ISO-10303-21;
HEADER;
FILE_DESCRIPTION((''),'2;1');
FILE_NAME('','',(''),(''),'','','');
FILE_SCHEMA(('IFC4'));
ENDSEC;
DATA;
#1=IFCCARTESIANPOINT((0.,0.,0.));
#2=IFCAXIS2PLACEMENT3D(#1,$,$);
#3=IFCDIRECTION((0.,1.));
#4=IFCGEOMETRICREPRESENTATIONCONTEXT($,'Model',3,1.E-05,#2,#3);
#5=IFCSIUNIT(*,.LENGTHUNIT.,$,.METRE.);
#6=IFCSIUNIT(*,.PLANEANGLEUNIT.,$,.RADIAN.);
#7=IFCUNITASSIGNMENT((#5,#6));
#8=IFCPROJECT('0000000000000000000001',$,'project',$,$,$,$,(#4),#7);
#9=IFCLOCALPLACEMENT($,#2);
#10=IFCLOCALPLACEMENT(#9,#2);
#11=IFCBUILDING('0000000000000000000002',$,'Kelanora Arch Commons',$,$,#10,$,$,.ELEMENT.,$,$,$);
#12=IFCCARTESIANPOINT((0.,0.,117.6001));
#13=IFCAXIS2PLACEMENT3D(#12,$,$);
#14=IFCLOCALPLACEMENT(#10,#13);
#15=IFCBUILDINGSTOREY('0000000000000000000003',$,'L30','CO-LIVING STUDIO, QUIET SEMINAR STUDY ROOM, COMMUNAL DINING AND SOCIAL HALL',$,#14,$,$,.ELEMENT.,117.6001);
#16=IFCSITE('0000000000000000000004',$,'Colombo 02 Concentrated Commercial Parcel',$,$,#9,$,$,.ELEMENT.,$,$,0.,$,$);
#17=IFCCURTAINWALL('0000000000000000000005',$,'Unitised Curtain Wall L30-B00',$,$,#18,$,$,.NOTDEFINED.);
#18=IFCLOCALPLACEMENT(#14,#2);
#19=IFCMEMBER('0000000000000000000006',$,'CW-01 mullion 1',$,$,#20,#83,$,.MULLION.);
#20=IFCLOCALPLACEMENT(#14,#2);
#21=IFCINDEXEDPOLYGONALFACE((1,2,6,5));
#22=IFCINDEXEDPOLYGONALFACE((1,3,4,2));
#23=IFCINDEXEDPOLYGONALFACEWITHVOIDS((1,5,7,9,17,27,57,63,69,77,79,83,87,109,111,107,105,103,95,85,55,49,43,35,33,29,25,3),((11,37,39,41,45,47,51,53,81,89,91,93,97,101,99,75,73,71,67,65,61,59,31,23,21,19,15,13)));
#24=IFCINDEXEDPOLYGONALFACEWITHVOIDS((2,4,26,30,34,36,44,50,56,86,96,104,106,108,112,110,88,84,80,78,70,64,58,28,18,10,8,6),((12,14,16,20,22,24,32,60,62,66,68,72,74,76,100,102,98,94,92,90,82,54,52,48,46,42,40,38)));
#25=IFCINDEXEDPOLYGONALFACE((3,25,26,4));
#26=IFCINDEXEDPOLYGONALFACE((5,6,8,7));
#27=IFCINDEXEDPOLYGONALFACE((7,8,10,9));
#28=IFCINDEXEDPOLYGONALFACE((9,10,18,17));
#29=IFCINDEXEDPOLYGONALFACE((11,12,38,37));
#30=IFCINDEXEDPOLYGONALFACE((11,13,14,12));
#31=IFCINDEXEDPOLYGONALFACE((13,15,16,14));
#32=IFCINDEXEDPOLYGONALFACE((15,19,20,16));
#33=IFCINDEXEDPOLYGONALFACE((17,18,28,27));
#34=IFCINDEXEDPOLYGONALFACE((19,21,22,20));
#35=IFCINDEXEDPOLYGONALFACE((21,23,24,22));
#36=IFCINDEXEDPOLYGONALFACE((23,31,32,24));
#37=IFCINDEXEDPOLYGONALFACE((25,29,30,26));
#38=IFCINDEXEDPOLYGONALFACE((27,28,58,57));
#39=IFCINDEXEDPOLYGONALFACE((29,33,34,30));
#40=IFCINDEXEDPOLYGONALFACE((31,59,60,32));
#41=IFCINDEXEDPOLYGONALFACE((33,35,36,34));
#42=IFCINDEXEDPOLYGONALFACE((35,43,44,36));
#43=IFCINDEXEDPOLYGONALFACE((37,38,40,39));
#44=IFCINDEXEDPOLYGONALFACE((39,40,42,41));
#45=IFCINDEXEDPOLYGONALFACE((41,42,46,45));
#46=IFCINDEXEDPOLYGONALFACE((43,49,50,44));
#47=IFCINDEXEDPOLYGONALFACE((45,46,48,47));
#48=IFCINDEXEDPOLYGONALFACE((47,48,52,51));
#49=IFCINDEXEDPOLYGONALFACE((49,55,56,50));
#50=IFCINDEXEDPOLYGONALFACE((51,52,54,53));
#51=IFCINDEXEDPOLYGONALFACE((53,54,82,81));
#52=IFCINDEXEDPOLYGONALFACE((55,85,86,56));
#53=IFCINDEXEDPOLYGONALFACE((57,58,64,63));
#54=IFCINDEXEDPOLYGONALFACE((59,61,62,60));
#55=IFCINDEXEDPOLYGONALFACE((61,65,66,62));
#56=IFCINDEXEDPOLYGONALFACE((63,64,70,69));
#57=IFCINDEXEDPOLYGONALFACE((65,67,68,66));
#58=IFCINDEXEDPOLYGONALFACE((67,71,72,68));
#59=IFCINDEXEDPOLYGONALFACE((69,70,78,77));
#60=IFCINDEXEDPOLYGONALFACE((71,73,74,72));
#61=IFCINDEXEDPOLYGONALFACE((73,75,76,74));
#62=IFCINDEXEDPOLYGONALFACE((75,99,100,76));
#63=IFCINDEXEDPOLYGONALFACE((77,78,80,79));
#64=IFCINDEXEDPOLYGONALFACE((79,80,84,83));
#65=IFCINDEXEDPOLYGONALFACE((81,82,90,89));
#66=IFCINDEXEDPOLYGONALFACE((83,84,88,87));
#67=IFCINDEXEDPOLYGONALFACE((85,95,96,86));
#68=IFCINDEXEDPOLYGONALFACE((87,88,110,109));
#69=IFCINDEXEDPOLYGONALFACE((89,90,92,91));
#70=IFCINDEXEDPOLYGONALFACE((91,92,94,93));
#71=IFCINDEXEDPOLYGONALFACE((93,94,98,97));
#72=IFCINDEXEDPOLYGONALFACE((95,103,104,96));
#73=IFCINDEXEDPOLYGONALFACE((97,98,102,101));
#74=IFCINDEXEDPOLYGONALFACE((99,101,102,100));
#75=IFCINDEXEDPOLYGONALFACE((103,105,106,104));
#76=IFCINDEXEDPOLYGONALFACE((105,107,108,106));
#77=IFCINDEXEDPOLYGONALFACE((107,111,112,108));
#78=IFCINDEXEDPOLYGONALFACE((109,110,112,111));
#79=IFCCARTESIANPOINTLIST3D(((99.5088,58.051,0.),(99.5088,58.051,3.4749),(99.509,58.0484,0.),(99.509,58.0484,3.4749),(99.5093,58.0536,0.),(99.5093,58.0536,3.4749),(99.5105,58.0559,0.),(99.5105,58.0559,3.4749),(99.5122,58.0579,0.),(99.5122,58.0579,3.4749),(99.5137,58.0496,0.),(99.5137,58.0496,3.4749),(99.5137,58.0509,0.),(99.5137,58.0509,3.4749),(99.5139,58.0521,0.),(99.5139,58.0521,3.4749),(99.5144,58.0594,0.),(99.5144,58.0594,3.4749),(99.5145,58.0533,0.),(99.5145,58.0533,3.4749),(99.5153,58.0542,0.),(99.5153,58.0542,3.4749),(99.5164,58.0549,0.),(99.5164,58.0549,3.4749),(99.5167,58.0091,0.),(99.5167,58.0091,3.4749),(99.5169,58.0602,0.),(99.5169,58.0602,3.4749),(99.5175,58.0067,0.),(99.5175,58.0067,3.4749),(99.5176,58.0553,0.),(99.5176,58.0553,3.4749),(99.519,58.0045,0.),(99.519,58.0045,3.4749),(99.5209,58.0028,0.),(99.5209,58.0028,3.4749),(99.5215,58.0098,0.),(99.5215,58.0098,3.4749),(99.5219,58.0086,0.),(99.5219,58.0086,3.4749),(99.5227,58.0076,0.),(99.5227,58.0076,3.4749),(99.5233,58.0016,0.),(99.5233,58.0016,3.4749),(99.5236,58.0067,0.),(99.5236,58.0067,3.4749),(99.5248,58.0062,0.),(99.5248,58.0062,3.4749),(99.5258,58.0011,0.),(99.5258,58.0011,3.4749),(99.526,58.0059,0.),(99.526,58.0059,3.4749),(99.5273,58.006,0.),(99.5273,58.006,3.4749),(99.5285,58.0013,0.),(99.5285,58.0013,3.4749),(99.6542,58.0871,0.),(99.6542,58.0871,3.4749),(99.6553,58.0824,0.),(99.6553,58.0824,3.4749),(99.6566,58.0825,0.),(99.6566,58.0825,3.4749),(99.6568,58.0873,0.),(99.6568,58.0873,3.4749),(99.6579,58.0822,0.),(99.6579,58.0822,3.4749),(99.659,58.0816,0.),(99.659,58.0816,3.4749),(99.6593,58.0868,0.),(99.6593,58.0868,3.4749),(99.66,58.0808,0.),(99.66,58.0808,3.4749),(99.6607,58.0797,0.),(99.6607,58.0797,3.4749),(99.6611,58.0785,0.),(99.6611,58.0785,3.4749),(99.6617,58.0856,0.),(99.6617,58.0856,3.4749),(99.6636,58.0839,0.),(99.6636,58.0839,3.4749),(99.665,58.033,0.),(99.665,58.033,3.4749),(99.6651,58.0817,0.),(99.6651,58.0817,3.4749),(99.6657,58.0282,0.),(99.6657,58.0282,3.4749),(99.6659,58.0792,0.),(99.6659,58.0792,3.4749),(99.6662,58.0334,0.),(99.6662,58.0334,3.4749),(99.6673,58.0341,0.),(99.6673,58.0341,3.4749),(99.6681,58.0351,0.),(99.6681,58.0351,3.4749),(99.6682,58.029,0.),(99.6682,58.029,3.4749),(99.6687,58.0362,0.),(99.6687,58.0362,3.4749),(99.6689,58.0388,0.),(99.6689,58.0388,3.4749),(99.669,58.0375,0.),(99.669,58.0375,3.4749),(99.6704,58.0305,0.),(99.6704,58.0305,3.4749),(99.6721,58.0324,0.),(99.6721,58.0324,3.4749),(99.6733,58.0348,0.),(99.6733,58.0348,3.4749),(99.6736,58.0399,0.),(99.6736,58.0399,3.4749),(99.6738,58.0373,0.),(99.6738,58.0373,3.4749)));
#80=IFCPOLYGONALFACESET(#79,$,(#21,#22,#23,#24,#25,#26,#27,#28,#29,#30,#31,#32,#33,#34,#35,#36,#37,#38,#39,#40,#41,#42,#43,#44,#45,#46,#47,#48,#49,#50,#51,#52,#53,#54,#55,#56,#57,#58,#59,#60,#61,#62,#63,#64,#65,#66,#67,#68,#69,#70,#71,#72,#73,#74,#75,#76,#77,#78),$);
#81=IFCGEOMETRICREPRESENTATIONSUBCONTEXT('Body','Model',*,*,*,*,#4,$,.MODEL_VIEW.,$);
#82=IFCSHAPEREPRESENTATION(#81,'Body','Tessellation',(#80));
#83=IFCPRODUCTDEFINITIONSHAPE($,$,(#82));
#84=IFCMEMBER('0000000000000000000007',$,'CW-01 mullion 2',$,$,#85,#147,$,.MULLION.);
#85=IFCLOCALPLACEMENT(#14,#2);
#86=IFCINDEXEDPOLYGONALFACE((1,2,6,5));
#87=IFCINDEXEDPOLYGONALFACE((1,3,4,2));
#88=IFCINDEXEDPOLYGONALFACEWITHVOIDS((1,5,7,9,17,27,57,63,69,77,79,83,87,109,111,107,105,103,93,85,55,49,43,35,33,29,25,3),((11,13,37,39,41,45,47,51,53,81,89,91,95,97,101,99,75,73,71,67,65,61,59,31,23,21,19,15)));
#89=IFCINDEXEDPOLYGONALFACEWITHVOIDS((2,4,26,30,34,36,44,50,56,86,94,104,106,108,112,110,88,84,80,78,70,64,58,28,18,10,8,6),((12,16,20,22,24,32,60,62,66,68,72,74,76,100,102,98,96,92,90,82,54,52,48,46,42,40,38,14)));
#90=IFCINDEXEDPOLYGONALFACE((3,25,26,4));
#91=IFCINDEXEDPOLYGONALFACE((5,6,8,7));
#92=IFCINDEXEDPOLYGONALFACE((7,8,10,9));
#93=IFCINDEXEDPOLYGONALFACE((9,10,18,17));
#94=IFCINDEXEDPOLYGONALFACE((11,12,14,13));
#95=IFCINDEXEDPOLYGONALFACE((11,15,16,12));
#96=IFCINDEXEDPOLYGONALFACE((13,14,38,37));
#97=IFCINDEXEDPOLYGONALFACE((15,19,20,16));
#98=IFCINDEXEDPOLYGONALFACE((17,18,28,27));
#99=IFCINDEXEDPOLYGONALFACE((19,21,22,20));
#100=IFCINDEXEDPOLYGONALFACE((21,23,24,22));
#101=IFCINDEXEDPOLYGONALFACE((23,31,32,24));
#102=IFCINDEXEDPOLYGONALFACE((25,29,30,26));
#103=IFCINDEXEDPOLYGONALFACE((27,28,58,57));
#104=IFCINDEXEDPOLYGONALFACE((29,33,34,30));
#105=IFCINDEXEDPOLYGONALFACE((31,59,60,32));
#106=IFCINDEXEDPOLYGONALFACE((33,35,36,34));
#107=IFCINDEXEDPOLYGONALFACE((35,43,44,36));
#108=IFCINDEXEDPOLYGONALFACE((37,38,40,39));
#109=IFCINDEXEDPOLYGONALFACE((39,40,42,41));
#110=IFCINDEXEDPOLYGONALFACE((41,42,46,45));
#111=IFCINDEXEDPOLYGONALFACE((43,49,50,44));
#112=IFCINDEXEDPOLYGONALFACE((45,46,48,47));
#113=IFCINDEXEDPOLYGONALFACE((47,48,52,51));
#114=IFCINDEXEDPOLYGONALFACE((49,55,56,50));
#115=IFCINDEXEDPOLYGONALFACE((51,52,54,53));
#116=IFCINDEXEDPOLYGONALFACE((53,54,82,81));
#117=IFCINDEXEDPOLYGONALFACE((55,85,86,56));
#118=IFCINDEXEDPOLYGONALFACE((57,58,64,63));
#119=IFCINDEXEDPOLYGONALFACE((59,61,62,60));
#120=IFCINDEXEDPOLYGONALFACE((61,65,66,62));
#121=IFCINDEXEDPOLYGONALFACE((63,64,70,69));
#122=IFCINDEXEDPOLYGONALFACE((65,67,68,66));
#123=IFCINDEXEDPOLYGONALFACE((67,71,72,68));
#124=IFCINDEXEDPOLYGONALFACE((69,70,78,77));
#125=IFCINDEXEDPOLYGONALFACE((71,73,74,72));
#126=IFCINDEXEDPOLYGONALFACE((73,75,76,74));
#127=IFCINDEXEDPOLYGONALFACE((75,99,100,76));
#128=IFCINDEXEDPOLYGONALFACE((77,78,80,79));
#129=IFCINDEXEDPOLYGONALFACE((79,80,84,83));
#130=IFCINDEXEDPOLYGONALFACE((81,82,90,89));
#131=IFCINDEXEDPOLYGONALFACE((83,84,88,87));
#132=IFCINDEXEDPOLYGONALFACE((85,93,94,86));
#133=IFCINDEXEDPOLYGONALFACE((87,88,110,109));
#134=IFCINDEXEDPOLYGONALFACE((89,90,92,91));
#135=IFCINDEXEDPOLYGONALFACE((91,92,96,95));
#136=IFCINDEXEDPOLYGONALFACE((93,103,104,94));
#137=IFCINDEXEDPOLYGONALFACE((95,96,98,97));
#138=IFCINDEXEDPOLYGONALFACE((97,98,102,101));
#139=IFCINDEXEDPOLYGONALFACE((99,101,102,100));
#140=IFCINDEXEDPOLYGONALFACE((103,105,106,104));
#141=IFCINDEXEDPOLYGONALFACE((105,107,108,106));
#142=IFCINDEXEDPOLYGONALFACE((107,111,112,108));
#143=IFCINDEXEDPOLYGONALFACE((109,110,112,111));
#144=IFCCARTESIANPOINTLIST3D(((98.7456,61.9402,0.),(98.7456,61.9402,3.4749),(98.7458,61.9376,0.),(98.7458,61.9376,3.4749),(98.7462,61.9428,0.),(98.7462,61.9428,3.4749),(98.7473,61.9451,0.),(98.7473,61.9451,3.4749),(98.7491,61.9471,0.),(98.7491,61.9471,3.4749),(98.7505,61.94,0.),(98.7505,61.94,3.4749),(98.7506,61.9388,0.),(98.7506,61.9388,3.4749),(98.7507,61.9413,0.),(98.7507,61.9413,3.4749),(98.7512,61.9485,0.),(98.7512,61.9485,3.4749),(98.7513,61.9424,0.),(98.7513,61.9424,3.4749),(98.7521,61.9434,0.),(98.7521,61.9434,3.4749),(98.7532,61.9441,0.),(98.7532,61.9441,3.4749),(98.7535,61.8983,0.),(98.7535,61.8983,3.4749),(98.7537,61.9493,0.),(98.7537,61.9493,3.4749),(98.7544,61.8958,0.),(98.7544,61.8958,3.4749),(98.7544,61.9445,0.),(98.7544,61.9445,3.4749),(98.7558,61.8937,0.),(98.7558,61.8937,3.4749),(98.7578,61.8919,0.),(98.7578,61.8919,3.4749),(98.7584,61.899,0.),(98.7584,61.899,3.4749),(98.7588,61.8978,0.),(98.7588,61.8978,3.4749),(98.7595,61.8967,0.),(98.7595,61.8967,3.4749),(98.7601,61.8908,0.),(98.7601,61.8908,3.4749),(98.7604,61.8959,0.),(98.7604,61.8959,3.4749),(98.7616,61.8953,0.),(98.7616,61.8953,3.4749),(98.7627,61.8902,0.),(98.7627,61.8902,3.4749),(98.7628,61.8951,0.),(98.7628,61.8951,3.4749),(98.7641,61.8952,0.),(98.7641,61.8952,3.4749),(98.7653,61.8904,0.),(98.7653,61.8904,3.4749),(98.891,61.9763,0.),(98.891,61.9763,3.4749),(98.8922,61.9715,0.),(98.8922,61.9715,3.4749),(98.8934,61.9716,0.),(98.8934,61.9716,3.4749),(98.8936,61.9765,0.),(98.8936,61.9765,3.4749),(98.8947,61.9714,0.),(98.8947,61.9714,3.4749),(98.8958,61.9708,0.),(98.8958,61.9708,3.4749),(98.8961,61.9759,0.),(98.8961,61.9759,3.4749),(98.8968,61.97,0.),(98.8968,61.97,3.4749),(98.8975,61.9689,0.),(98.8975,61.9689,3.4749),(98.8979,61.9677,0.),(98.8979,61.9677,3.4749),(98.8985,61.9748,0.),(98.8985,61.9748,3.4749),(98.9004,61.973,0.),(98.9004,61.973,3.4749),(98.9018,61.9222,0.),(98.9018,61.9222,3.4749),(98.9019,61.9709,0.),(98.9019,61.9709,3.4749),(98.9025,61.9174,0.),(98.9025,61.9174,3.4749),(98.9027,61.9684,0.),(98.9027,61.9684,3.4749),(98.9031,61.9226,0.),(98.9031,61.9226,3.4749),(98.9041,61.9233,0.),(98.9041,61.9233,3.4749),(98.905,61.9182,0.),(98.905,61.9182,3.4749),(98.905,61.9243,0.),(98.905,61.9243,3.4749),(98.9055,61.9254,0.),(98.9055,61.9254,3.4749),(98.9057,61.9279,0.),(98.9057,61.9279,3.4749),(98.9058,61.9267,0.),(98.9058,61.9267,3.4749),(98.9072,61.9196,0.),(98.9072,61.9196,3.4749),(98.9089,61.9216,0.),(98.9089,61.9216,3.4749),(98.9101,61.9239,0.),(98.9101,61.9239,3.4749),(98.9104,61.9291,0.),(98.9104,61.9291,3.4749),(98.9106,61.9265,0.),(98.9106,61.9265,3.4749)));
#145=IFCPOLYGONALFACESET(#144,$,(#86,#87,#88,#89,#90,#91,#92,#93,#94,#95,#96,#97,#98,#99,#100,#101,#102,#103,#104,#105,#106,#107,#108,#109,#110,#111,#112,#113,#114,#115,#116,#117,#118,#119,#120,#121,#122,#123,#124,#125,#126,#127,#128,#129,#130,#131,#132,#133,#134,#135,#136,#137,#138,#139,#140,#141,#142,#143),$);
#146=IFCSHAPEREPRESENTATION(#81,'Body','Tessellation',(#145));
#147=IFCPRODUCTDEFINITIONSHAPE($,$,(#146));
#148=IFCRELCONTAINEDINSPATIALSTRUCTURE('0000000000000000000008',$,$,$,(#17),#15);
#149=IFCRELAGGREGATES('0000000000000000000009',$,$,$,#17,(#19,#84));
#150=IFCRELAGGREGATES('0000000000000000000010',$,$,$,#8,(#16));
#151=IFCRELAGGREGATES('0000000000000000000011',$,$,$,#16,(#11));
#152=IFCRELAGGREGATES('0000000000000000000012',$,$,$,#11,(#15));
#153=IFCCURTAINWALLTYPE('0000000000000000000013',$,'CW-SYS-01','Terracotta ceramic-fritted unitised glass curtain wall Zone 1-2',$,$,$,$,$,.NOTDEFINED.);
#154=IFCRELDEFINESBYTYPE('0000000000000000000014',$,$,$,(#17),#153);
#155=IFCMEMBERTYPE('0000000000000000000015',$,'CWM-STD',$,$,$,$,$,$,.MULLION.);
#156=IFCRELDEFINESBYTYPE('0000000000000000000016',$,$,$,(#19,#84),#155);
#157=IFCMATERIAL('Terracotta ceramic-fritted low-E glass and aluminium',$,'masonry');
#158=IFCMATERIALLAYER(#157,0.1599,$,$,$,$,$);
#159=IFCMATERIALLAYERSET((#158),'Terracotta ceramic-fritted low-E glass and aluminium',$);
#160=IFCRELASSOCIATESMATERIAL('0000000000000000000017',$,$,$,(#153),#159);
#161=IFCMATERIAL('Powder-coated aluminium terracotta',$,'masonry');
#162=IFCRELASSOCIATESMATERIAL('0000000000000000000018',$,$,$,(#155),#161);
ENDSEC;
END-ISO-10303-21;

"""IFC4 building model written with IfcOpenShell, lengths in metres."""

from ifc_helpers import new_model, si_unit, direction, frame, origin, origin_2d, place, context, subcontext, project, spatial, hollow_rectangle, extrude, material, layer, layer_set, material_profile, profile_set, type_object, element, aggregate, save


model = new_model("IFC4")

# Units and contexts
model_context = context("Model", 3, precision=1e-05, world=origin(), true_north=direction((0.0, 1.0)))
body_context = subcontext(model_context, "Body", "Model", "MODEL_VIEW")
ifc_project = project(units=[si_unit("LENGTHUNIT", "METRE"), si_unit("PLANEANGLEUNIT", "RADIAN")], contexts=[model_context])

# Site, building, storey
site_placement = place(None, origin())
site = spatial("IfcSite", under=ifc_project, at=site_placement, Name="Colombo 02 Concentrated Commercial Parcel", CompositionType="ELEMENT", RefElevation=0.0)
building_placement = place(site_placement, origin())
building = spatial("IfcBuilding", under=site, at=building_placement, Name="Kelanora Arch Commons", CompositionType="ELEMENT")
storey_placement = place(building_placement, frame((0.0, 0.0, 117.6001)))
storey = spatial("IfcBuildingStorey", under=building, at=storey_placement, Name="L30", Description="CO-LIVING STUDIO, QUIET SEMINAR STUDY ROOM, COMMUNAL DINING AND SOCIAL HALL", CompositionType="ELEMENT", Elevation=117.6001)

# Curtain wall, members
ifc_material_1 = material(Name="Terracotta ceramic-fritted low-E glass and aluminium", Category="masonry")
ifc_layer_1 = layer(ifc_material_1, 0.1599)
ifc_layer_set_1 = layer_set([ifc_layer_1], Name="Terracotta ceramic-fritted low-E glass and aluminium")
curtain_wall_type = type_object("IfcCurtainWallType", Name="CW-SYS-01", Description="Terracotta ceramic-fritted unitised glass curtain wall Zone 1-2", PredefinedType="NOTDEFINED", material=ifc_layer_set_1)
curtain_wall_placement = place(storey_placement, origin())
curtain_wall = element("IfcCurtainWall", 1, at=curtain_wall_placement, inside=storey, type_object=curtain_wall_type, Name="Unitised Curtain Wall L30-B00", PredefinedType="NOTDEFINED")
ifc_material_2 = material(Name="Powder-coated aluminium terracotta", Category="masonry")
ifc_material_profile_1 = material_profile(ifc_material_2, hollow_rectangle(XDim=0.1599, YDim=0.0601, WallThickness=0.0049, InnerFilletRadius=0.0049, OuterFilletRadius=0.01, at=origin_2d()), Name="CWM160x60")
ifc_profile_set_1 = profile_set([ifc_material_profile_1], Name="Powder-coated aluminium terracotta")
member_type_1 = type_object("IfcMemberType", Name="CWM-STD", PredefinedType="MULLION", material=ifc_profile_set_1)
member_1_placement = place(storey_placement, frame((99.5913, 58.0442, 0.0), z_axis=(0.0, 0.0, 1.0), x_axis=(-0.98128, -0.192585, 0.0)))
member_1 = element("IfcMember", 2, at=member_1_placement, type_object=member_type_1, Name="CW-01 mullion 1", PredefinedType="MULLION", context=body_context, shape_type="SweptSolid", body=[
    extrude(hollow_rectangle(XDim=0.1599, YDim=0.0601, WallThickness=0.0049, InnerFilletRadius=0.0049, OuterFilletRadius=0.01, at=origin_2d()), origin(), (0.0, 0.0, 1.0), 3.4749),
])
member_2_placement = place(storey_placement, frame((98.8281, 61.9333, 0.0), z_axis=(0.0, 0.0, 1.0), x_axis=(-0.98128, -0.192585, 0.0)))
member_2 = element("IfcMember", 3, at=member_2_placement, type_object=member_type_1, Name="CW-01 mullion 2", PredefinedType="MULLION", context=body_context, shape_type="SweptSolid", body=[
    extrude(hollow_rectangle(XDim=0.1599, YDim=0.0601, WallThickness=0.0049, InnerFilletRadius=0.0049, OuterFilletRadius=0.01, at=origin_2d()), origin(), (0.0, 0.0, 1.0), 3.4749),
])
aggregate(curtain_wall, [member_1, member_2])

save(model, "model.ifc")
